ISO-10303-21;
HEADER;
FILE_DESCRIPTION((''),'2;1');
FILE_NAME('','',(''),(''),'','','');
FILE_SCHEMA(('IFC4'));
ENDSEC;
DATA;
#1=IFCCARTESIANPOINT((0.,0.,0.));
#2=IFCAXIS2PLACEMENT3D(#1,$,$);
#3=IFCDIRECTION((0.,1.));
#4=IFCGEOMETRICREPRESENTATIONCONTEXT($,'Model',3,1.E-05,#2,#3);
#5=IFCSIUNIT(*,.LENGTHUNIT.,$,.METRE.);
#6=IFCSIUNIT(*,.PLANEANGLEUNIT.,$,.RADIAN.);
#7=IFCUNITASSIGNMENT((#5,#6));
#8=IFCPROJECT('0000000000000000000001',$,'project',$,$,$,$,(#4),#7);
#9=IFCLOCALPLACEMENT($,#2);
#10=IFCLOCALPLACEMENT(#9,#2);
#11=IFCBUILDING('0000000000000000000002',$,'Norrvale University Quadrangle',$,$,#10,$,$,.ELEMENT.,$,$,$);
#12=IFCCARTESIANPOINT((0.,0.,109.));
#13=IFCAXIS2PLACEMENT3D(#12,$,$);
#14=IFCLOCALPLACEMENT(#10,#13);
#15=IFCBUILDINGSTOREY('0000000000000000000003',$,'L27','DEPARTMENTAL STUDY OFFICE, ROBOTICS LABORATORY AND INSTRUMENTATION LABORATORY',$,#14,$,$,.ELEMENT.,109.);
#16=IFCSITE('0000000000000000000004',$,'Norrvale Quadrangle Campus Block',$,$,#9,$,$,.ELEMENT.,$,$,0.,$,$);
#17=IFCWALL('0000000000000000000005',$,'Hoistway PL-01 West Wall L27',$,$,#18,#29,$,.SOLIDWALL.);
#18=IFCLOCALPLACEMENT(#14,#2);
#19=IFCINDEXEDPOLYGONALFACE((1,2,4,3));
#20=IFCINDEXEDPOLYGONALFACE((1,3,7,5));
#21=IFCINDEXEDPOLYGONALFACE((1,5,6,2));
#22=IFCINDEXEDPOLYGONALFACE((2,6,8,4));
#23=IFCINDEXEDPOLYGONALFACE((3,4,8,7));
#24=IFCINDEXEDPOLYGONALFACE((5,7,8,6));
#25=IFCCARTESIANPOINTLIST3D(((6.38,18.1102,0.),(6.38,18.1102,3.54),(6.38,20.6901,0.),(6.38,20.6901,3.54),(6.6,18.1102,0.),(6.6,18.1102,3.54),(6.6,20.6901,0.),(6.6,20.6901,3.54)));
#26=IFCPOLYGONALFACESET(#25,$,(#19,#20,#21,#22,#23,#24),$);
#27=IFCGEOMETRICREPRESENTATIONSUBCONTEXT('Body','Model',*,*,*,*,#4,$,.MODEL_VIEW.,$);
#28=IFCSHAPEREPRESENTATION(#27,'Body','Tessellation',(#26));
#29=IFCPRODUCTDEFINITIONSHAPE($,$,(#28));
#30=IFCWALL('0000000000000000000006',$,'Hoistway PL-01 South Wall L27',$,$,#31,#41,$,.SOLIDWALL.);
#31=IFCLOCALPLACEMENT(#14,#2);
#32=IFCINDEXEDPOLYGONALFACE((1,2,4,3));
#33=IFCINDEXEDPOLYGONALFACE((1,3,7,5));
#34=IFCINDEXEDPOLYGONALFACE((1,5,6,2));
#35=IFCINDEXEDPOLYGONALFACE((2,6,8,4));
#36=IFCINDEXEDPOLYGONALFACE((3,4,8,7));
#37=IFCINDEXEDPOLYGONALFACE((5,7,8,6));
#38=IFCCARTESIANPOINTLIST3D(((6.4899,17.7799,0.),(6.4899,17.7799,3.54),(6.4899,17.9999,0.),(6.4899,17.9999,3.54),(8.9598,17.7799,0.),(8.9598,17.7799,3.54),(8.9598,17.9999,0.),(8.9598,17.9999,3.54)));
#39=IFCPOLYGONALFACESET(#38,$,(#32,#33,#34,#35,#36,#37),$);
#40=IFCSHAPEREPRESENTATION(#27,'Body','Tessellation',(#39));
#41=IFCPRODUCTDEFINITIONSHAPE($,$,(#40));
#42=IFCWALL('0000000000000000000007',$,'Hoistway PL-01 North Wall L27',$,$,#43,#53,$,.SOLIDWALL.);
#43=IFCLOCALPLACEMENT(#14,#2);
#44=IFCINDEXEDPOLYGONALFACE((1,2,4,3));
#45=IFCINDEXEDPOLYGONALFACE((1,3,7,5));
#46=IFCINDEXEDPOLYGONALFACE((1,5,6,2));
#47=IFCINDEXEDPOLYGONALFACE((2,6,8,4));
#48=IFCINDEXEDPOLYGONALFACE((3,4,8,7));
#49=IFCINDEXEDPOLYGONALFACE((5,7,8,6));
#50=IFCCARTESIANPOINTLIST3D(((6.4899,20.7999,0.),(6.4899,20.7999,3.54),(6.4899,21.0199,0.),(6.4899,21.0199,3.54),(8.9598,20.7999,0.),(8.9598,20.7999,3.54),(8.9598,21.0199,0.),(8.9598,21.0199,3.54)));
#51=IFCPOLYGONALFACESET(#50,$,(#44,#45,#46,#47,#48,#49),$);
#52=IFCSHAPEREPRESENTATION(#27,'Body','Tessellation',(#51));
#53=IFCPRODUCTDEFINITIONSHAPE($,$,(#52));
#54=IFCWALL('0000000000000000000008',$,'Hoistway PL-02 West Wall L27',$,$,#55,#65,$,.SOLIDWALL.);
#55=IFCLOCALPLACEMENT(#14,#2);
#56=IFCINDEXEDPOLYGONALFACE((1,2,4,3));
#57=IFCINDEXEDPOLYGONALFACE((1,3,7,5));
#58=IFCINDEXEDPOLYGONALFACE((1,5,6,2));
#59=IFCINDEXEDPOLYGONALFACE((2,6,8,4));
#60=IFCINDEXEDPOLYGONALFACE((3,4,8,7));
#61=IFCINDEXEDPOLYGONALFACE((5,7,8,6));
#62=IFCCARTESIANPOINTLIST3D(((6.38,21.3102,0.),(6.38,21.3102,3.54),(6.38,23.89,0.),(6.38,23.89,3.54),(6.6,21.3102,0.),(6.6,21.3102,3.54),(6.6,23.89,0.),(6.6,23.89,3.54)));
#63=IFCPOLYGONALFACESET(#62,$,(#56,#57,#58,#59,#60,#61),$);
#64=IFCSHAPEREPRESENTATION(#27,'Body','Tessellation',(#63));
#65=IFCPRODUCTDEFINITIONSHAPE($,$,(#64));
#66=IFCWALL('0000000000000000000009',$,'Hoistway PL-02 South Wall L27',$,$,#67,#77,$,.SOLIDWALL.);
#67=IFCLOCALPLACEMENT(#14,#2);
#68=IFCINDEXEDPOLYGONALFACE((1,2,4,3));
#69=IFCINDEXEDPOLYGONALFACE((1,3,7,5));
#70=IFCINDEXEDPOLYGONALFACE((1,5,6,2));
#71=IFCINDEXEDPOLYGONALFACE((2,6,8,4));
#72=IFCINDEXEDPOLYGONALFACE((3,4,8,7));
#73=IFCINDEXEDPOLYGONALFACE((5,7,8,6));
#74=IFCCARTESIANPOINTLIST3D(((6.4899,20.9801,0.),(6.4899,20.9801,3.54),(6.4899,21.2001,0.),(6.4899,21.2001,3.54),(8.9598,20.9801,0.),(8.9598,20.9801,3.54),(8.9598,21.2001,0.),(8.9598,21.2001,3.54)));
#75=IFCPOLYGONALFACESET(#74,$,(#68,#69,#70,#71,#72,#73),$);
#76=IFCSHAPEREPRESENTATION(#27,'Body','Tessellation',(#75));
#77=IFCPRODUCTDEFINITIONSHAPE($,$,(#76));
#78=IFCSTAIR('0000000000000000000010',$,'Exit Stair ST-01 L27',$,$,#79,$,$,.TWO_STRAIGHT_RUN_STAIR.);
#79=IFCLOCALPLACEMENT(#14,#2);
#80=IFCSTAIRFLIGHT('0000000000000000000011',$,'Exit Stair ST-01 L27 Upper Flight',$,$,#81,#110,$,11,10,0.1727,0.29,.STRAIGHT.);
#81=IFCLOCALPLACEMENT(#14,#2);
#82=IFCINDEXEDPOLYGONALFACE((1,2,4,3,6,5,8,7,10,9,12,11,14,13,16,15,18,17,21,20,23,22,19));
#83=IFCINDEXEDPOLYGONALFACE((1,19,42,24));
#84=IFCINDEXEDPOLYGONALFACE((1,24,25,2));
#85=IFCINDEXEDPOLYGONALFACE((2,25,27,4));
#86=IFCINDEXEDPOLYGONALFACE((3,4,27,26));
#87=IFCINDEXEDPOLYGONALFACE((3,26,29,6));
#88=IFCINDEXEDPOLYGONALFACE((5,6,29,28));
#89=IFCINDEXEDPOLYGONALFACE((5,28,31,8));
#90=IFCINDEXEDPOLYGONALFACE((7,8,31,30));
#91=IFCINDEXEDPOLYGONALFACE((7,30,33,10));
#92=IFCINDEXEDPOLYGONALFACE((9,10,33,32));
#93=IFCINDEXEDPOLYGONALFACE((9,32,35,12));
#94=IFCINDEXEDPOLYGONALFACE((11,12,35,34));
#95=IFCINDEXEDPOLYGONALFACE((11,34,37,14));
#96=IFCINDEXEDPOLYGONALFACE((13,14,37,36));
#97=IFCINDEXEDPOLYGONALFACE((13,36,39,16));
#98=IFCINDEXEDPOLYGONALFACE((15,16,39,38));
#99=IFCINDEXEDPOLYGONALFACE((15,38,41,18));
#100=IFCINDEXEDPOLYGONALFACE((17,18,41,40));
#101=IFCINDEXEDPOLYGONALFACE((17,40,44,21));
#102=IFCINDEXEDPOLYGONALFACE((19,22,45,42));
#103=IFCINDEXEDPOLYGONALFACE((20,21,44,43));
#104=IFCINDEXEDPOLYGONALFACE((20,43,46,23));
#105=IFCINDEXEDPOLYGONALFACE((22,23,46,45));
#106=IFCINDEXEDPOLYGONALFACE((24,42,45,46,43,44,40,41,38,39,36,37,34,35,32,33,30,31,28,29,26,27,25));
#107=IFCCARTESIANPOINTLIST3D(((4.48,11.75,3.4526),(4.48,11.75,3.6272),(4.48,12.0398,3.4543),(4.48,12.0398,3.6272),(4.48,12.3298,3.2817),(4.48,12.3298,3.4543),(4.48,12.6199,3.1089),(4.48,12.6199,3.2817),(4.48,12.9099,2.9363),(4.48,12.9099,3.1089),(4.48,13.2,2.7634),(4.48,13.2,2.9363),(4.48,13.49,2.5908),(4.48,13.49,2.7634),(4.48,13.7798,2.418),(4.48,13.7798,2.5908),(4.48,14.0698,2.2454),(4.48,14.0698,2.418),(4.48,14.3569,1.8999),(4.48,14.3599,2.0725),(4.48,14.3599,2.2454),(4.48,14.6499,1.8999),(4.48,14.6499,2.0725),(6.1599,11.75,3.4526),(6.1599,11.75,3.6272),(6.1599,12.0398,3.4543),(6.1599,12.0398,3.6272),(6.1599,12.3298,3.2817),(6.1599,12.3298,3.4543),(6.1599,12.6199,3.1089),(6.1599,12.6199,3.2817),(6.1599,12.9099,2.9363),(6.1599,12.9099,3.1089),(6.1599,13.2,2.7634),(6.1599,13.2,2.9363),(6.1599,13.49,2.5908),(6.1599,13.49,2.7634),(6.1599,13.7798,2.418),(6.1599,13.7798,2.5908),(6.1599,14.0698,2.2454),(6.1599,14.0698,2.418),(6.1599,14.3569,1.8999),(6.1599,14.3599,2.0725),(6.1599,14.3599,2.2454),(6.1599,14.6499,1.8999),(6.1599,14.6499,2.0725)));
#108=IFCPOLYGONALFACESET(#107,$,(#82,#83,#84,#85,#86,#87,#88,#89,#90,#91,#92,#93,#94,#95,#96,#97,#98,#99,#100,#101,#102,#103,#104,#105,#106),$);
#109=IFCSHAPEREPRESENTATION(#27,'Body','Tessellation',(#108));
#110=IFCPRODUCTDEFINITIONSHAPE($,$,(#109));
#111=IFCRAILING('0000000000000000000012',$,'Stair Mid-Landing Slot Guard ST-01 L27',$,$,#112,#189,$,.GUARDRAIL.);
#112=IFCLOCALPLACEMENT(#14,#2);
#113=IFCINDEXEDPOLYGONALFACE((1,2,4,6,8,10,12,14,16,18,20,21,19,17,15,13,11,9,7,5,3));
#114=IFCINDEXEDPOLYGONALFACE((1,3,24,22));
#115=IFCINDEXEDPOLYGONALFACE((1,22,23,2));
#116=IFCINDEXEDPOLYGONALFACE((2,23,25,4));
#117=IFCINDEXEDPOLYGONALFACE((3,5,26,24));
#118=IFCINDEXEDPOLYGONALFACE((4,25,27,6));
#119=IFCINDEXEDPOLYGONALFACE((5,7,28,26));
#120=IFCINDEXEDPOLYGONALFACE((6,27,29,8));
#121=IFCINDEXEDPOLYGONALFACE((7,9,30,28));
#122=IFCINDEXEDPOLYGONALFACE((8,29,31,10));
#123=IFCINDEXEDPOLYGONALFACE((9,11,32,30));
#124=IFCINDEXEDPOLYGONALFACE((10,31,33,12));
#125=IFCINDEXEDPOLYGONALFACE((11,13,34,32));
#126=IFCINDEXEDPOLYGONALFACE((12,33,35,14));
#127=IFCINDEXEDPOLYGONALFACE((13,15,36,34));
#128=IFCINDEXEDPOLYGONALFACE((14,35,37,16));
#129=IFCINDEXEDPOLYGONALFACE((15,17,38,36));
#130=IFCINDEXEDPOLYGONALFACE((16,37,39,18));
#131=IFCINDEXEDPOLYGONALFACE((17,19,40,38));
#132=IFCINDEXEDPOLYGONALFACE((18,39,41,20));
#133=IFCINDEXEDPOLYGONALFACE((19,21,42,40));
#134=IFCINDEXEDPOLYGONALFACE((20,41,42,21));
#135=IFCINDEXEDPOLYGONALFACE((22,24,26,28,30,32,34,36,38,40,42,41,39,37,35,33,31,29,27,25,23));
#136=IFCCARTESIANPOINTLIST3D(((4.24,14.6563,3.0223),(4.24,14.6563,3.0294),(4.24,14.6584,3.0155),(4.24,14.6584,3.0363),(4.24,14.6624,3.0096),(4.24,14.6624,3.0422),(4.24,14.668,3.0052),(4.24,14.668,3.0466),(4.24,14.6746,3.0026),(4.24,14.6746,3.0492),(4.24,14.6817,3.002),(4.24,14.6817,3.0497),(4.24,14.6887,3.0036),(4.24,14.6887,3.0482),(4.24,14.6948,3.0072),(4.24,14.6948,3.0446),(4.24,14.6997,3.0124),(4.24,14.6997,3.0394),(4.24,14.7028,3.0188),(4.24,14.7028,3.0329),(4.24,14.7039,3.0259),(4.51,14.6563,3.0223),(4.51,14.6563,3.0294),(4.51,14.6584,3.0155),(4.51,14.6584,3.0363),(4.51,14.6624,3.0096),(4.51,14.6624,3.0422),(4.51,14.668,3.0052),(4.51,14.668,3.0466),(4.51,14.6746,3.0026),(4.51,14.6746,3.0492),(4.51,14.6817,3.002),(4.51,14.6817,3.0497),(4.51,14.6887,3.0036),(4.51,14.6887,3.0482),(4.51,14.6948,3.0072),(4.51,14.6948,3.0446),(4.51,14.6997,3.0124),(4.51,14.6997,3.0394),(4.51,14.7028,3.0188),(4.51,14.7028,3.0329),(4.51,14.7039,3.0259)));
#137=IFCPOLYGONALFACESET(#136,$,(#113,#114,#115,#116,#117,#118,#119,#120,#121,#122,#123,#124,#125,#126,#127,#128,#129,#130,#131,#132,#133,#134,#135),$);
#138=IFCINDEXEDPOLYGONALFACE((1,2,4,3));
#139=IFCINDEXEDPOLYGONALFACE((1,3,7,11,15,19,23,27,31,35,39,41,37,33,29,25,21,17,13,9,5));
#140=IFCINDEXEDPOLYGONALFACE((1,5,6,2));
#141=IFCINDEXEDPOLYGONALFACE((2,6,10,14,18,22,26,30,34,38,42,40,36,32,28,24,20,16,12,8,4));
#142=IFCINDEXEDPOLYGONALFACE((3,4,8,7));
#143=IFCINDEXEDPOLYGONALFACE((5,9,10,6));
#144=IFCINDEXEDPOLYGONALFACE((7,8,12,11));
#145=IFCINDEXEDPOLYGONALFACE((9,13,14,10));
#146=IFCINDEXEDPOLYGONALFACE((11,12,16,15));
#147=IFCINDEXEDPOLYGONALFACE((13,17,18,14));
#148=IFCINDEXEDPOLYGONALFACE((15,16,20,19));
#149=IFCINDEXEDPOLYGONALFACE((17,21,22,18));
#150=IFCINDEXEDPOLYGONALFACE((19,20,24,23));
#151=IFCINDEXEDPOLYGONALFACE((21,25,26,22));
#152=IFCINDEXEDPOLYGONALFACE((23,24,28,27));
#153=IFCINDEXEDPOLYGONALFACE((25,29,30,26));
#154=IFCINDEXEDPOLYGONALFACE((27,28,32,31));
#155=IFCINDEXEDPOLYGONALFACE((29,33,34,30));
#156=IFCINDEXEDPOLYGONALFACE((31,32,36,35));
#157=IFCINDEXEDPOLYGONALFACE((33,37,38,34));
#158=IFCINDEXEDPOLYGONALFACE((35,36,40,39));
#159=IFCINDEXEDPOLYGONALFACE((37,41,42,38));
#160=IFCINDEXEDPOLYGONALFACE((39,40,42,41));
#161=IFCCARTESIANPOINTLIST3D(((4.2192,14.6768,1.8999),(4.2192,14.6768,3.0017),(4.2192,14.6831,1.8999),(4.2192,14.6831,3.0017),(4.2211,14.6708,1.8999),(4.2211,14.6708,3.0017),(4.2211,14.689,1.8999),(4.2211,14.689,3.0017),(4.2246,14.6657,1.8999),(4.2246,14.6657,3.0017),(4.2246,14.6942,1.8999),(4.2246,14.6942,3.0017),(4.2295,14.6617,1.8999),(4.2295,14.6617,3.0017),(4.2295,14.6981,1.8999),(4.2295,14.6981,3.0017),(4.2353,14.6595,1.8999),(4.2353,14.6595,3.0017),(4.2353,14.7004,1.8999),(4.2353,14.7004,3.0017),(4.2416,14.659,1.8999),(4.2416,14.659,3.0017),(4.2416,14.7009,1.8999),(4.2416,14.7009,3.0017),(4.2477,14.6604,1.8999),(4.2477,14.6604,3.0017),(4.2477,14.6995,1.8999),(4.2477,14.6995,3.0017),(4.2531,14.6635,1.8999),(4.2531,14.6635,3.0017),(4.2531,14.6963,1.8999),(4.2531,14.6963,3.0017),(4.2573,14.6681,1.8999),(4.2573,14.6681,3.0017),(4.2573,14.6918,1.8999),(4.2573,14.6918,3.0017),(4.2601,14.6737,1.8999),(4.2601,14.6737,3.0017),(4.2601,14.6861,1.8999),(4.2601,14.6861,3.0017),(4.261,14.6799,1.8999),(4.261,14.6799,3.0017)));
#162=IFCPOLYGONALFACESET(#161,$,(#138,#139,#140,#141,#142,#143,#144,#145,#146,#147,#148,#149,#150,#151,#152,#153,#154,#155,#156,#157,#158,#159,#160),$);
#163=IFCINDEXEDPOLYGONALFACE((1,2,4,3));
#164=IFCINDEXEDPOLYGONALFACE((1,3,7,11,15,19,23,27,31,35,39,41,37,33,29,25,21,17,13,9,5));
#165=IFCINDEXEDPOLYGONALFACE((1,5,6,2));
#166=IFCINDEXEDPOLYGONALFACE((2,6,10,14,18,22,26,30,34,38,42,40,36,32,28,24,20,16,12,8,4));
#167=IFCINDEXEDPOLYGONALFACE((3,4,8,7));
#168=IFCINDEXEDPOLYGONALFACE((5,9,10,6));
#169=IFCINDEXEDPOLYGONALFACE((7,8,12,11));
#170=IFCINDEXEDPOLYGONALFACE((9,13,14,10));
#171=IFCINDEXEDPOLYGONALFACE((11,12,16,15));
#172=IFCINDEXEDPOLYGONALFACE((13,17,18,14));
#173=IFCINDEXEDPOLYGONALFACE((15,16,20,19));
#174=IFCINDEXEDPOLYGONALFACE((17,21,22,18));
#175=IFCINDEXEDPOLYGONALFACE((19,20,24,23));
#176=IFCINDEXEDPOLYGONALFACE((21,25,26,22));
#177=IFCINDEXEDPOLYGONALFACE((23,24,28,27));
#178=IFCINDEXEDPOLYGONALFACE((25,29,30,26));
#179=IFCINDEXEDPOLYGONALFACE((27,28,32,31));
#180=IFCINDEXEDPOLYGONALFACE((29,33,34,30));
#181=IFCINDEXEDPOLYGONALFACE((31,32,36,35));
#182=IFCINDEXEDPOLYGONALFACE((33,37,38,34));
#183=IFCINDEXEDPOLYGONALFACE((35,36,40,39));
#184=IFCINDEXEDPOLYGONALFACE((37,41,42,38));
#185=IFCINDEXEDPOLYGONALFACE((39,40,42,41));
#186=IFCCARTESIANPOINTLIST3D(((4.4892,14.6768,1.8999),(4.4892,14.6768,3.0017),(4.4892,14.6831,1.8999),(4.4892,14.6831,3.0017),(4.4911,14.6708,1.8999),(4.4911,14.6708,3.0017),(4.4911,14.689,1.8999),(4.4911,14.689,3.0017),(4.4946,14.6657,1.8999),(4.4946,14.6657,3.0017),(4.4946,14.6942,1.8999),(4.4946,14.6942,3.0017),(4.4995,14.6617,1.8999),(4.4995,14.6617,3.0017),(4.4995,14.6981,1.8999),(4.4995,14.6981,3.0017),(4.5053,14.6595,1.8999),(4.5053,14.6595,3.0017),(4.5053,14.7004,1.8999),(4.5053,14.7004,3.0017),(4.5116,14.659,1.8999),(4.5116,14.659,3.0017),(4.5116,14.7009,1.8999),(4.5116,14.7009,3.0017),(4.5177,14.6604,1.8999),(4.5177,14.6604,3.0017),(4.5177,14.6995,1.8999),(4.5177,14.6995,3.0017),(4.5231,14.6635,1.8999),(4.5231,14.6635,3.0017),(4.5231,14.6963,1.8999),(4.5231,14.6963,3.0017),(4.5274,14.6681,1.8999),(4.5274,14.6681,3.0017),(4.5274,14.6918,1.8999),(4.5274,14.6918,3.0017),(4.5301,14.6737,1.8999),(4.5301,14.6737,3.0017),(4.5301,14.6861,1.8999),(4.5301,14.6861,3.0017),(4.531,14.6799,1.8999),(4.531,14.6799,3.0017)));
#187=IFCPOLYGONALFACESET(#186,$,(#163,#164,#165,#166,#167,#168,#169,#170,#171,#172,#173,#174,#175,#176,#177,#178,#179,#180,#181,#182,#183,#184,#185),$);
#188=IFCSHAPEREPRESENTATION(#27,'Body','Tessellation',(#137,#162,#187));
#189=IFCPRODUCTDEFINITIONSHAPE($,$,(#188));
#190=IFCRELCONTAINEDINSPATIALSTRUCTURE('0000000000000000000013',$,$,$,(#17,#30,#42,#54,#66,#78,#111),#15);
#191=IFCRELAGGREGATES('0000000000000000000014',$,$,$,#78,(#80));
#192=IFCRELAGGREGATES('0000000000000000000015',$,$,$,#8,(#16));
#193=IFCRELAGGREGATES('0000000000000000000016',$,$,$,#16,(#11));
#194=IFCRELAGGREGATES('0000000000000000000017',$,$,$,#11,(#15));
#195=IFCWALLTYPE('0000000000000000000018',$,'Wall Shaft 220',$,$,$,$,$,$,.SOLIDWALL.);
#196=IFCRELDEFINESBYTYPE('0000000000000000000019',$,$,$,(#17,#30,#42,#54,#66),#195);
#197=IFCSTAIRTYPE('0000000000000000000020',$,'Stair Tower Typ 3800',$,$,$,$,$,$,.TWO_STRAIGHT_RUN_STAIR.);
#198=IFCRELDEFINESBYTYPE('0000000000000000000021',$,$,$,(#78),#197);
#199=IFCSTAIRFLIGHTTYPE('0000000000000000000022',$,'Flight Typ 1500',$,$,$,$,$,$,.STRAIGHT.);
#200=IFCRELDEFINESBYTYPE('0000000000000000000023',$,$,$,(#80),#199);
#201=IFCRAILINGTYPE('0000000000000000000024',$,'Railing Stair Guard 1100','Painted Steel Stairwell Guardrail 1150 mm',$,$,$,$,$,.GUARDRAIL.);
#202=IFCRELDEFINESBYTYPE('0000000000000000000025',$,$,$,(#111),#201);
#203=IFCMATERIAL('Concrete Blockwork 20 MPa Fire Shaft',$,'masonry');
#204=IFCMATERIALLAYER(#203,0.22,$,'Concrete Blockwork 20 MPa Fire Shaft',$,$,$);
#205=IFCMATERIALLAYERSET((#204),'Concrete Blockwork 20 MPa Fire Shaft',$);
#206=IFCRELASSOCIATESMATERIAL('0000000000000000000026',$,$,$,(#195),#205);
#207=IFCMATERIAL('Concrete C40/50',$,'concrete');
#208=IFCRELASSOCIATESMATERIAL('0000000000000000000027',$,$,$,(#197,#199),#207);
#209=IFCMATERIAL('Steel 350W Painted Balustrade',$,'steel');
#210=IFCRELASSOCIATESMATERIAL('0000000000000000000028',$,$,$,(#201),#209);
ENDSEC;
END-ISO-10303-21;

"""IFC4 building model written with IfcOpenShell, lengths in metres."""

from ifc_helpers import new_model, si_unit, direction, frame, frame_2d, origin, origin_2d, place, context, subcontext, project, spatial, polyline, rectangle, circle, outline, extrude, material, layer, layer_set, type_object, element, aggregate, save


model = new_model("IFC4")

# Units and contexts
model_context = context("Model", 3, precision=1e-05, world=origin(), true_north=direction((0.0, 1.0)))
body_context = subcontext(model_context, "Body", "Model", "MODEL_VIEW")
ifc_project = project(units=[si_unit("LENGTHUNIT", "METRE"), si_unit("PLANEANGLEUNIT", "RADIAN")], contexts=[model_context])

# Site, building, storey
site_placement = place(None, origin())
site = spatial("IfcSite", under=ifc_project, at=site_placement, Name="Norrvale Quadrangle Campus Block", CompositionType="ELEMENT", RefElevation=0.0)
building_placement = place(site_placement, origin())
building = spatial("IfcBuilding", under=site, at=building_placement, Name="Norrvale University Quadrangle", CompositionType="ELEMENT")
storey_placement = place(building_placement, frame((0.0, 0.0, 109.0)))
storey = spatial("IfcBuildingStorey", under=building, at=storey_placement, Name="L27", Description="DEPARTMENTAL STUDY OFFICE, ROBOTICS LABORATORY AND INSTRUMENTATION LABORATORY", CompositionType="ELEMENT", Elevation=109.0)

# Walls
ifc_material_1 = material(Name="Concrete Blockwork 20 MPa Fire Shaft", Category="masonry")
ifc_layer_1 = layer(ifc_material_1, 0.22, Name="Concrete Blockwork 20 MPa Fire Shaft")
ifc_layer_set_1 = layer_set([ifc_layer_1], Name="Concrete Blockwork 20 MPa Fire Shaft")
wall_type_1 = type_object("IfcWallType", Name="Wall Shaft 220", PredefinedType="SOLIDWALL", material=ifc_layer_set_1)
wall_1_placement = place(storey_placement, frame((6.49, 18.1101, 0.0), z_axis=(0.0, 0.0, 1.0), x_axis=(0.0, 1.0, 0.0)))
element("IfcWall", 1, at=wall_1_placement, inside=storey, type_object=wall_type_1, Name="Hoistway PL-01 West Wall L27", PredefinedType="SOLIDWALL", context=body_context, shape_type="SweptSolid", body=[
    extrude(rectangle(XDim=2.5798, YDim=0.22, at=frame_2d((1.29, 0.0))), origin(), (0.0, 0.0, 1.0), 3.54),
])
for number, where, z_axis, x_axis, name in (
    (2, (6.49, 17.8899, 0.0), (0.0, 0.0, 1.0), (1.0, 0.0, 0.0), "Hoistway PL-01 South Wall L27"),
    (3, (6.49, 20.9099, 0.0), (0.0, 0.0, 1.0), (1.0, 0.0, 0.0), "Hoistway PL-01 North Wall L27"),
):
    element("IfcWall", number, at=place(storey_placement, frame(where, z_axis=z_axis, x_axis=x_axis)), inside=storey, type_object=wall_type_1, Name=name, PredefinedType="SOLIDWALL", context=body_context, shape_type="SweptSolid", body=[
        extrude(rectangle(XDim=2.47, YDim=0.22, at=frame_2d((1.2349, 0.0))), origin(), (0.0, 0.0, 1.0), 3.54),
    ])
wall_2_placement = place(storey_placement, frame((6.49, 21.3101, 0.0), z_axis=(0.0, 0.0, 1.0), x_axis=(0.0, 1.0, 0.0)))
element("IfcWall", 4, at=wall_2_placement, inside=storey, type_object=wall_type_1, Name="Hoistway PL-02 West Wall L27", PredefinedType="SOLIDWALL", context=body_context, shape_type="SweptSolid", body=[
    extrude(rectangle(XDim=2.5798, YDim=0.22, at=frame_2d((1.29, 0.0))), origin(), (0.0, 0.0, 1.0), 3.54),
])
wall_3_placement = place(storey_placement, frame((6.49, 21.0901, 0.0), z_axis=(0.0, 0.0, 1.0), x_axis=(1.0, 0.0, 0.0)))
element("IfcWall", 5, at=wall_3_placement, inside=storey, type_object=wall_type_1, Name="Hoistway PL-02 South Wall L27", PredefinedType="SOLIDWALL", context=body_context, shape_type="SweptSolid", body=[
    extrude(rectangle(XDim=2.47, YDim=0.22, at=frame_2d((1.2349, 0.0))), origin(), (0.0, 0.0, 1.0), 3.54),
])

# Stair, stair flight
ifc_material_2 = material(Name="Concrete C40/50", Category="concrete")
stair_type = type_object("IfcStairType", Name="Stair Tower Typ 3800", PredefinedType="TWO_STRAIGHT_RUN_STAIR", material=ifc_material_2)
stair_placement = place(storey_placement, origin())
stair = element("IfcStair", 6, at=stair_placement, inside=storey, type_object=stair_type, Name="Exit Stair ST-01 L27", PredefinedType="TWO_STRAIGHT_RUN_STAIR")
stair_flight_type = type_object("IfcStairFlightType", Name="Flight Typ 1500", PredefinedType="STRAIGHT", material=ifc_material_2)
stair_flight_placement = place(storey_placement, frame((5.3201, 14.6499, 1.8999), z_axis=(0.0, 0.0, 1.0), x_axis=(0.0, -1.0, 0.0)))
stair_flight = element("IfcStairFlight", 7, at=stair_flight_placement, type_object=stair_flight_type, Name="Exit Stair ST-01 L27 Upper Flight", NumberOfRisers=11, NumberOfTreads=10, PredefinedType="STRAIGHT", RiserHeight=0.1727, TreadLength=0.29, context=body_context, shape_type="SweptSolid", body=[
    extrude(outline(polyline([(0.0, 0.0), (0.0, 0.1726), (0.29, 0.1726), (0.29, 0.3455), (0.5801, 0.3455), (0.5801, 0.5181), (0.8701, 0.5181), (0.8701, 0.6909), (1.1599, 0.6909), (1.1599, 0.8635), (1.45, 0.8635), (1.45, 1.0364), (1.74, 1.0364), (1.74, 1.209), (2.03, 1.209), (2.03, 1.3818), (2.3201, 1.3818), (2.3201, 1.5544), (2.6101, 1.5544), (2.6101, 1.7273), (2.8999, 1.7273), (2.8999, 1.8999), (2.8999, 1.5527), (0.293, 0.0), (0.0, 0.0)])), frame((0.0, 0.8398, 0.0), z_axis=(0.0, -1.0, 0.0), x_axis=(1.0, 0.0, 0.0)), (0.0, 0.0, 1.0), 1.6799),
])
aggregate(stair, [stair_flight])

# Railing
ifc_material_3 = material(Name="Steel 350W Painted Balustrade", Category="steel")
railing_type_1 = type_object("IfcRailingType", Name="Railing Stair Guard 1100", Description="Painted Steel Stairwell Guardrail 1150 mm", PredefinedType="GUARDRAIL", material=ifc_material_3)
railing_1_placement = place(storey_placement, frame((4.24, 14.6799, 1.8999)))
element("IfcRailing", 8, at=railing_1_placement, inside=storey, type_object=railing_type_1, Name="Stair Mid-Landing Slot Guard ST-01 L27", PredefinedType="GUARDRAIL", context=body_context, shape_type="SweptSolid", body=[
    extrude(circle(Radius=0.0239, at=origin_2d()), frame((0.0, 0.0, 1.126), z_axis=(1.0, 0.0, 0.0), x_axis=(0.0, 1.0, 0.0)), (0.0, 0.0, 1.0), 0.27),
    extrude(circle(Radius=0.021, at=origin_2d()), origin(), (0.0, 0.0, 1.0), 1.1018),
    extrude(circle(Radius=0.021, at=origin_2d()), frame((0.27, 0.0, 0.0)), (0.0, 0.0, 1.0), 1.1018),
])

save(model, "model.ifc")
